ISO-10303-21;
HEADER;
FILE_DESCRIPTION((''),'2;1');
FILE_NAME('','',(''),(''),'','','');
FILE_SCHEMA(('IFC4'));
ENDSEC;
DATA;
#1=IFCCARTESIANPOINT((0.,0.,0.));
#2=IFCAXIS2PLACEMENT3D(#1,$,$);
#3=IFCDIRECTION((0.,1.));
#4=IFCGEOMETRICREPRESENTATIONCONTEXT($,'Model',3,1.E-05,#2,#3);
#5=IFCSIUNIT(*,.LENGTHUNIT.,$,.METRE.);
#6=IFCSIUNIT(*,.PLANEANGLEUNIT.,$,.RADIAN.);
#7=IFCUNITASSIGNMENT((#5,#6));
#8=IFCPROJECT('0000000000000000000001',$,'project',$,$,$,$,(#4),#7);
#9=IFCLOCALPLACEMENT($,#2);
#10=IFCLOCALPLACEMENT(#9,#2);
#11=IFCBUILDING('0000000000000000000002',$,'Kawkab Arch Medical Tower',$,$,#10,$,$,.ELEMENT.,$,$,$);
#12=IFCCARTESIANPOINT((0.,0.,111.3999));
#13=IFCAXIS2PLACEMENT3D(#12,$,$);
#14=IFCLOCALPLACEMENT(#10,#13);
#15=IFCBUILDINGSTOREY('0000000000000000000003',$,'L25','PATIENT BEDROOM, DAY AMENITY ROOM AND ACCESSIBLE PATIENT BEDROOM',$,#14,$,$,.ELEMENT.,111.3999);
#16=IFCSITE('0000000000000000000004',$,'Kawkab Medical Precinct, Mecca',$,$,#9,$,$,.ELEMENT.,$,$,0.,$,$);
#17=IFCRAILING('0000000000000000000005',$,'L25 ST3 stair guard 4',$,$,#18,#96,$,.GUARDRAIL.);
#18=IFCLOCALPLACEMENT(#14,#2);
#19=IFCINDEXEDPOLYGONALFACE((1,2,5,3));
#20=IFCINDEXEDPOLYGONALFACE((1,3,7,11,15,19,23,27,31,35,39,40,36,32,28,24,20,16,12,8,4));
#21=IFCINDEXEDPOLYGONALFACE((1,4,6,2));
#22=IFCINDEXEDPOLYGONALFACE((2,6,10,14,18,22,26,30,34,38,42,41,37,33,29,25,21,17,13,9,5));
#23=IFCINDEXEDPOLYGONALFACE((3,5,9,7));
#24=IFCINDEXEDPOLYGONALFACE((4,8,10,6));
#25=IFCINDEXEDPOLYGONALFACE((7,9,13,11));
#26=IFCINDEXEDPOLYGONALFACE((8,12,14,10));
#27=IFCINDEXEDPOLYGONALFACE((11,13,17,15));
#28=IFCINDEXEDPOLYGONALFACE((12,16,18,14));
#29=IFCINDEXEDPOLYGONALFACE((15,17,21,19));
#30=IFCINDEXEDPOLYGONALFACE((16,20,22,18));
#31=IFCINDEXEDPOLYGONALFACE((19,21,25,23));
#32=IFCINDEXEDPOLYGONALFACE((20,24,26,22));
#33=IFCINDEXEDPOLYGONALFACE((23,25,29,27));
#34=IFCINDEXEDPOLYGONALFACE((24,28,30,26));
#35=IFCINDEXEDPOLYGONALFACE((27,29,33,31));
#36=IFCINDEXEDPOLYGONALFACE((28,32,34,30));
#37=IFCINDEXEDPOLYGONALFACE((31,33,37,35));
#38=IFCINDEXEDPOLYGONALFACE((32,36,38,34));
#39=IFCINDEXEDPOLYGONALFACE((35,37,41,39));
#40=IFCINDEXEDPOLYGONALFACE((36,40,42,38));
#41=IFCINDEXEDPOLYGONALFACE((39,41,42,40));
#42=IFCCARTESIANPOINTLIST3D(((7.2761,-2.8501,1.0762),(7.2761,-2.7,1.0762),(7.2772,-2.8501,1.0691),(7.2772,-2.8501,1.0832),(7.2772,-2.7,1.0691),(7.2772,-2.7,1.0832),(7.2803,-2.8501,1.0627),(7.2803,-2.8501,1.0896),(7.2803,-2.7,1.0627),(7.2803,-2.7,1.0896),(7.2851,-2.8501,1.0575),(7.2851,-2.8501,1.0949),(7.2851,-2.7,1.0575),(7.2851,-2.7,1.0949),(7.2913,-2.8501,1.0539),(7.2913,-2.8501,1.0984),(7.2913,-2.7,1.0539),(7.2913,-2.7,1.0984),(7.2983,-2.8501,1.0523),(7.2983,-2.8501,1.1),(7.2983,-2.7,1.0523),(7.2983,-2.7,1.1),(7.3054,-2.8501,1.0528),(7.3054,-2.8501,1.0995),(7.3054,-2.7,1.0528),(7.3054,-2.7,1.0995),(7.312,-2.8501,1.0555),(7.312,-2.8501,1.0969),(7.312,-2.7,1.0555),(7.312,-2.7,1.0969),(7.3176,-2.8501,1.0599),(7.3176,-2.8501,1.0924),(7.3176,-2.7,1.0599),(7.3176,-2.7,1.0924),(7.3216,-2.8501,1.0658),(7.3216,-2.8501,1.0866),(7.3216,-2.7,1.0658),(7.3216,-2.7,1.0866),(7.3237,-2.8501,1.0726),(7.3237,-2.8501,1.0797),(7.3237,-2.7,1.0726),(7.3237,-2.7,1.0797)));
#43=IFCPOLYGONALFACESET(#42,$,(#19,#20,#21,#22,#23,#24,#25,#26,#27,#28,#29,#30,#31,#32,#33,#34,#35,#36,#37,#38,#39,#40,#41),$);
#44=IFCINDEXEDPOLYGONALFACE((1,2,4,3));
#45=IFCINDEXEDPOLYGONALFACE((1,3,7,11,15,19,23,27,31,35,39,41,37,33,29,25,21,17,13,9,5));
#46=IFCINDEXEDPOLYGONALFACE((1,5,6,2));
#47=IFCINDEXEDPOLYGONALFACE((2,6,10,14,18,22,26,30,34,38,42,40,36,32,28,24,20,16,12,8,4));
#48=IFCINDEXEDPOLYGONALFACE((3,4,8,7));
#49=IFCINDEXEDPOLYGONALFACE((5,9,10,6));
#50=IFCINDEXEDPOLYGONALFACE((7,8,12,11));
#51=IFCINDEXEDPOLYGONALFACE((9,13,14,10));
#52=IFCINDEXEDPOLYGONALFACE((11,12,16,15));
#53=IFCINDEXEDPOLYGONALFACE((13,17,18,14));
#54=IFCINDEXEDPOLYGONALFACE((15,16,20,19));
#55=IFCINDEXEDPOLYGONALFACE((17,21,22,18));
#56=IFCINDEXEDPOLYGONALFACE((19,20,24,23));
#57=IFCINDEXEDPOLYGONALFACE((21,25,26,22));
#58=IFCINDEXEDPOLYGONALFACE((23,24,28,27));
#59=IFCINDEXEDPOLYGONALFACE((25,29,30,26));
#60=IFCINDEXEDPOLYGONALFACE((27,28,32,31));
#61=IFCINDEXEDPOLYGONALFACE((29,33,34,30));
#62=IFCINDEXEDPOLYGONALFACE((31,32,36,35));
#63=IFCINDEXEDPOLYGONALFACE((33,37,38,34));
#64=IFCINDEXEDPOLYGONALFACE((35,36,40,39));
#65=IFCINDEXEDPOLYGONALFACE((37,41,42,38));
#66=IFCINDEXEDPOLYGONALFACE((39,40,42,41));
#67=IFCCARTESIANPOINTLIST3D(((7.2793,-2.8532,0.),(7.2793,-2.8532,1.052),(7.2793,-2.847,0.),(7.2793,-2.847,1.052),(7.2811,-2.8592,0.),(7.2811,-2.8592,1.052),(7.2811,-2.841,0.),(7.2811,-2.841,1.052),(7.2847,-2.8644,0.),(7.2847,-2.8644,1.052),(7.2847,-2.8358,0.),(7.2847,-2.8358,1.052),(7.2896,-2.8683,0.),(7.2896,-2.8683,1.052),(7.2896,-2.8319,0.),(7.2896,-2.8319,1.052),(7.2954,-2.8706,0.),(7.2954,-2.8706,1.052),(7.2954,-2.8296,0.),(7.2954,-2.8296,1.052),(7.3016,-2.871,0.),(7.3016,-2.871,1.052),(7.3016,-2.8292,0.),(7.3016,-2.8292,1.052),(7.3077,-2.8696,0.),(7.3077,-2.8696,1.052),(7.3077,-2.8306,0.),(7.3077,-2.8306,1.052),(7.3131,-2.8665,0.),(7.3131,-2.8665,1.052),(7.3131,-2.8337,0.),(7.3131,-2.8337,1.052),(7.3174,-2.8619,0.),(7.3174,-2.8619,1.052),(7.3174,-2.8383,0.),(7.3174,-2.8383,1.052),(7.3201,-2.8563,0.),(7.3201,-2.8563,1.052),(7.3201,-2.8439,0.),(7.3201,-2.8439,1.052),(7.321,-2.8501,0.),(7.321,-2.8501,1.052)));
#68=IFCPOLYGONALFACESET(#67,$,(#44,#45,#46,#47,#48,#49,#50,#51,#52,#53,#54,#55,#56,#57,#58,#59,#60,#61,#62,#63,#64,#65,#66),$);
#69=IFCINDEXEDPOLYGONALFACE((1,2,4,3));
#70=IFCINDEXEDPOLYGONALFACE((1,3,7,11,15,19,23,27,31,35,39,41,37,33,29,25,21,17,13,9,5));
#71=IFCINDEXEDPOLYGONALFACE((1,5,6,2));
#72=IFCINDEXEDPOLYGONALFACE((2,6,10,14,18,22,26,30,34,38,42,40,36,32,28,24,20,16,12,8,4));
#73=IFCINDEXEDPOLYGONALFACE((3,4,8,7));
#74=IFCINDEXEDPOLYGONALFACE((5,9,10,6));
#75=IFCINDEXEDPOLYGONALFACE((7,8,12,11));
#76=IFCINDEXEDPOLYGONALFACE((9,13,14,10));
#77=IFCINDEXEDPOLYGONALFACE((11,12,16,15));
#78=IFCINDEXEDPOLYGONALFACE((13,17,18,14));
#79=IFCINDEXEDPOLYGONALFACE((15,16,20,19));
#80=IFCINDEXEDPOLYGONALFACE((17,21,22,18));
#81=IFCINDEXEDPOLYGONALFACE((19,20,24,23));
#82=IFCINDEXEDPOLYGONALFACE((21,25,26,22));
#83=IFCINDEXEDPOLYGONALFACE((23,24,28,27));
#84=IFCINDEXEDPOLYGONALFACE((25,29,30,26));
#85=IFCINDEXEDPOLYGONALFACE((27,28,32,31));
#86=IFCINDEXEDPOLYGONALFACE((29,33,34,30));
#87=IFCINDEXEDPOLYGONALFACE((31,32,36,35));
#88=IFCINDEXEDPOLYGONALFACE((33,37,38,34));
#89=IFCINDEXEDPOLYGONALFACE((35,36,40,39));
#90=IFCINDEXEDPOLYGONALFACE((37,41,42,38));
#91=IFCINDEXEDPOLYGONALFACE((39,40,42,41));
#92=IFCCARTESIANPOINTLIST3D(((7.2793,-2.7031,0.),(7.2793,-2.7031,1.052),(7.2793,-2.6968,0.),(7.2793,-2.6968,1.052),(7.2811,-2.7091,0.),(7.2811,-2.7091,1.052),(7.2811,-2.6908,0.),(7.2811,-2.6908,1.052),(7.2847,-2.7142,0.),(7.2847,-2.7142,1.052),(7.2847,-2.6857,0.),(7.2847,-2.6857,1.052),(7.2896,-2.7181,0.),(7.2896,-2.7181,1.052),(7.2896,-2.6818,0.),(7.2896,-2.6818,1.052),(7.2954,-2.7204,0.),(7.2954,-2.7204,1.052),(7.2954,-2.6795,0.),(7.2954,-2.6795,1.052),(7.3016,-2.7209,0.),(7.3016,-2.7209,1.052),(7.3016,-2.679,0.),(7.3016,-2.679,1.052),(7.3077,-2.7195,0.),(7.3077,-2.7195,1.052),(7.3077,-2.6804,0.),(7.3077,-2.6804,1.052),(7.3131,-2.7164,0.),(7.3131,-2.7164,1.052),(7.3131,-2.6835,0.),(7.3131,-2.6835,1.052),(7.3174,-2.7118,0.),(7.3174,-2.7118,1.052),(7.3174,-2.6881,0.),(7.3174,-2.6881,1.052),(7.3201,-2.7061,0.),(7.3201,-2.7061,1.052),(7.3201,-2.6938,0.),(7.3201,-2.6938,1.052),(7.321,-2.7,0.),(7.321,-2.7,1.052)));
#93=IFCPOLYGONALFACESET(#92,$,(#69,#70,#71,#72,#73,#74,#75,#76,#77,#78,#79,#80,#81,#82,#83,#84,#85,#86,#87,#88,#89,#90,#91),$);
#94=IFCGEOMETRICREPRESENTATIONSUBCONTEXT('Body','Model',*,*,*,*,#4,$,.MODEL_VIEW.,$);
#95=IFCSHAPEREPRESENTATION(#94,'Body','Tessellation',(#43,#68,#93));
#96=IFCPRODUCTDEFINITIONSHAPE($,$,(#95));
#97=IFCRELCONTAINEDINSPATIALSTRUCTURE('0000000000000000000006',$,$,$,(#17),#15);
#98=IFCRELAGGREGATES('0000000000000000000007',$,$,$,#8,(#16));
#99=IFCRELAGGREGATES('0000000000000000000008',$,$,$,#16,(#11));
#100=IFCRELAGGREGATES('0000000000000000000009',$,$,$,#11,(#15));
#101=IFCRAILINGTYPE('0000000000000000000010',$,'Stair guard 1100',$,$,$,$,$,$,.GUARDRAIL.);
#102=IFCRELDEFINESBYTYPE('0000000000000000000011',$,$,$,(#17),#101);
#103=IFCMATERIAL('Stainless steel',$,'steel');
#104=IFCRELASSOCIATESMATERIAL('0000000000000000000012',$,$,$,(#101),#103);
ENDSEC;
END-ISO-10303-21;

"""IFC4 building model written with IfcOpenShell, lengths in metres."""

from ifc_helpers import new_model, si_unit, direction, frame, origin, origin_2d, place, context, subcontext, project, spatial, circle, extrude, material, type_object, element, save


model = new_model("IFC4")

# Units and contexts
model_context = context("Model", 3, precision=1e-05, world=origin(), true_north=direction((0.0, 1.0)))
body_context = subcontext(model_context, "Body", "Model", "MODEL_VIEW")
ifc_project = project(units=[si_unit("LENGTHUNIT", "METRE"), si_unit("PLANEANGLEUNIT", "RADIAN")], contexts=[model_context])

# Site, building, storey
site_placement = place(None, origin())
site = spatial("IfcSite", under=ifc_project, at=site_placement, Name="Kawkab Medical Precinct, Mecca", CompositionType="ELEMENT", RefElevation=0.0)
building_placement = place(site_placement, origin())
building = spatial("IfcBuilding", under=site, at=building_placement, Name="Kawkab Arch Medical Tower", CompositionType="ELEMENT")
storey_placement = place(building_placement, frame((0.0, 0.0, 111.3999)))
storey = spatial("IfcBuildingStorey", under=building, at=storey_placement, Name="L25", Description="PATIENT BEDROOM, DAY AMENITY ROOM AND ACCESSIBLE PATIENT BEDROOM", CompositionType="ELEMENT", Elevation=111.3999)

# Railing
ifc_material_1 = material(Name="Stainless steel", Category="steel")
railing_type = type_object("IfcRailingType", Name="Stair guard 1100", PredefinedType="GUARDRAIL", material=ifc_material_1)
railing_placement = place(storey_placement, frame((7.3, -2.8501, 0.0)))
element("IfcRailing", 1, at=railing_placement, inside=storey, type_object=railing_type, Name="L25 ST3 stair guard 4", PredefinedType="GUARDRAIL", context=body_context, shape_type="SweptSolid", body=[
    extrude(circle(Radius=0.0239, at=origin_2d()), frame((0.0, 0.0, 1.0762), z_axis=(0.0, 1.0, 0.0), x_axis=(-1.0, 0.0, 0.0)), (0.0, 0.0, 1.0), 0.1501),
    extrude(circle(Radius=0.021, at=origin_2d()), origin(), (0.0, 0.0, 1.0), 1.052),
    extrude(circle(Radius=0.021, at=origin_2d()), frame((0.0, 0.1501, 0.0)), (0.0, 0.0, 1.0), 1.052),
])

save(model, "model.ifc")
